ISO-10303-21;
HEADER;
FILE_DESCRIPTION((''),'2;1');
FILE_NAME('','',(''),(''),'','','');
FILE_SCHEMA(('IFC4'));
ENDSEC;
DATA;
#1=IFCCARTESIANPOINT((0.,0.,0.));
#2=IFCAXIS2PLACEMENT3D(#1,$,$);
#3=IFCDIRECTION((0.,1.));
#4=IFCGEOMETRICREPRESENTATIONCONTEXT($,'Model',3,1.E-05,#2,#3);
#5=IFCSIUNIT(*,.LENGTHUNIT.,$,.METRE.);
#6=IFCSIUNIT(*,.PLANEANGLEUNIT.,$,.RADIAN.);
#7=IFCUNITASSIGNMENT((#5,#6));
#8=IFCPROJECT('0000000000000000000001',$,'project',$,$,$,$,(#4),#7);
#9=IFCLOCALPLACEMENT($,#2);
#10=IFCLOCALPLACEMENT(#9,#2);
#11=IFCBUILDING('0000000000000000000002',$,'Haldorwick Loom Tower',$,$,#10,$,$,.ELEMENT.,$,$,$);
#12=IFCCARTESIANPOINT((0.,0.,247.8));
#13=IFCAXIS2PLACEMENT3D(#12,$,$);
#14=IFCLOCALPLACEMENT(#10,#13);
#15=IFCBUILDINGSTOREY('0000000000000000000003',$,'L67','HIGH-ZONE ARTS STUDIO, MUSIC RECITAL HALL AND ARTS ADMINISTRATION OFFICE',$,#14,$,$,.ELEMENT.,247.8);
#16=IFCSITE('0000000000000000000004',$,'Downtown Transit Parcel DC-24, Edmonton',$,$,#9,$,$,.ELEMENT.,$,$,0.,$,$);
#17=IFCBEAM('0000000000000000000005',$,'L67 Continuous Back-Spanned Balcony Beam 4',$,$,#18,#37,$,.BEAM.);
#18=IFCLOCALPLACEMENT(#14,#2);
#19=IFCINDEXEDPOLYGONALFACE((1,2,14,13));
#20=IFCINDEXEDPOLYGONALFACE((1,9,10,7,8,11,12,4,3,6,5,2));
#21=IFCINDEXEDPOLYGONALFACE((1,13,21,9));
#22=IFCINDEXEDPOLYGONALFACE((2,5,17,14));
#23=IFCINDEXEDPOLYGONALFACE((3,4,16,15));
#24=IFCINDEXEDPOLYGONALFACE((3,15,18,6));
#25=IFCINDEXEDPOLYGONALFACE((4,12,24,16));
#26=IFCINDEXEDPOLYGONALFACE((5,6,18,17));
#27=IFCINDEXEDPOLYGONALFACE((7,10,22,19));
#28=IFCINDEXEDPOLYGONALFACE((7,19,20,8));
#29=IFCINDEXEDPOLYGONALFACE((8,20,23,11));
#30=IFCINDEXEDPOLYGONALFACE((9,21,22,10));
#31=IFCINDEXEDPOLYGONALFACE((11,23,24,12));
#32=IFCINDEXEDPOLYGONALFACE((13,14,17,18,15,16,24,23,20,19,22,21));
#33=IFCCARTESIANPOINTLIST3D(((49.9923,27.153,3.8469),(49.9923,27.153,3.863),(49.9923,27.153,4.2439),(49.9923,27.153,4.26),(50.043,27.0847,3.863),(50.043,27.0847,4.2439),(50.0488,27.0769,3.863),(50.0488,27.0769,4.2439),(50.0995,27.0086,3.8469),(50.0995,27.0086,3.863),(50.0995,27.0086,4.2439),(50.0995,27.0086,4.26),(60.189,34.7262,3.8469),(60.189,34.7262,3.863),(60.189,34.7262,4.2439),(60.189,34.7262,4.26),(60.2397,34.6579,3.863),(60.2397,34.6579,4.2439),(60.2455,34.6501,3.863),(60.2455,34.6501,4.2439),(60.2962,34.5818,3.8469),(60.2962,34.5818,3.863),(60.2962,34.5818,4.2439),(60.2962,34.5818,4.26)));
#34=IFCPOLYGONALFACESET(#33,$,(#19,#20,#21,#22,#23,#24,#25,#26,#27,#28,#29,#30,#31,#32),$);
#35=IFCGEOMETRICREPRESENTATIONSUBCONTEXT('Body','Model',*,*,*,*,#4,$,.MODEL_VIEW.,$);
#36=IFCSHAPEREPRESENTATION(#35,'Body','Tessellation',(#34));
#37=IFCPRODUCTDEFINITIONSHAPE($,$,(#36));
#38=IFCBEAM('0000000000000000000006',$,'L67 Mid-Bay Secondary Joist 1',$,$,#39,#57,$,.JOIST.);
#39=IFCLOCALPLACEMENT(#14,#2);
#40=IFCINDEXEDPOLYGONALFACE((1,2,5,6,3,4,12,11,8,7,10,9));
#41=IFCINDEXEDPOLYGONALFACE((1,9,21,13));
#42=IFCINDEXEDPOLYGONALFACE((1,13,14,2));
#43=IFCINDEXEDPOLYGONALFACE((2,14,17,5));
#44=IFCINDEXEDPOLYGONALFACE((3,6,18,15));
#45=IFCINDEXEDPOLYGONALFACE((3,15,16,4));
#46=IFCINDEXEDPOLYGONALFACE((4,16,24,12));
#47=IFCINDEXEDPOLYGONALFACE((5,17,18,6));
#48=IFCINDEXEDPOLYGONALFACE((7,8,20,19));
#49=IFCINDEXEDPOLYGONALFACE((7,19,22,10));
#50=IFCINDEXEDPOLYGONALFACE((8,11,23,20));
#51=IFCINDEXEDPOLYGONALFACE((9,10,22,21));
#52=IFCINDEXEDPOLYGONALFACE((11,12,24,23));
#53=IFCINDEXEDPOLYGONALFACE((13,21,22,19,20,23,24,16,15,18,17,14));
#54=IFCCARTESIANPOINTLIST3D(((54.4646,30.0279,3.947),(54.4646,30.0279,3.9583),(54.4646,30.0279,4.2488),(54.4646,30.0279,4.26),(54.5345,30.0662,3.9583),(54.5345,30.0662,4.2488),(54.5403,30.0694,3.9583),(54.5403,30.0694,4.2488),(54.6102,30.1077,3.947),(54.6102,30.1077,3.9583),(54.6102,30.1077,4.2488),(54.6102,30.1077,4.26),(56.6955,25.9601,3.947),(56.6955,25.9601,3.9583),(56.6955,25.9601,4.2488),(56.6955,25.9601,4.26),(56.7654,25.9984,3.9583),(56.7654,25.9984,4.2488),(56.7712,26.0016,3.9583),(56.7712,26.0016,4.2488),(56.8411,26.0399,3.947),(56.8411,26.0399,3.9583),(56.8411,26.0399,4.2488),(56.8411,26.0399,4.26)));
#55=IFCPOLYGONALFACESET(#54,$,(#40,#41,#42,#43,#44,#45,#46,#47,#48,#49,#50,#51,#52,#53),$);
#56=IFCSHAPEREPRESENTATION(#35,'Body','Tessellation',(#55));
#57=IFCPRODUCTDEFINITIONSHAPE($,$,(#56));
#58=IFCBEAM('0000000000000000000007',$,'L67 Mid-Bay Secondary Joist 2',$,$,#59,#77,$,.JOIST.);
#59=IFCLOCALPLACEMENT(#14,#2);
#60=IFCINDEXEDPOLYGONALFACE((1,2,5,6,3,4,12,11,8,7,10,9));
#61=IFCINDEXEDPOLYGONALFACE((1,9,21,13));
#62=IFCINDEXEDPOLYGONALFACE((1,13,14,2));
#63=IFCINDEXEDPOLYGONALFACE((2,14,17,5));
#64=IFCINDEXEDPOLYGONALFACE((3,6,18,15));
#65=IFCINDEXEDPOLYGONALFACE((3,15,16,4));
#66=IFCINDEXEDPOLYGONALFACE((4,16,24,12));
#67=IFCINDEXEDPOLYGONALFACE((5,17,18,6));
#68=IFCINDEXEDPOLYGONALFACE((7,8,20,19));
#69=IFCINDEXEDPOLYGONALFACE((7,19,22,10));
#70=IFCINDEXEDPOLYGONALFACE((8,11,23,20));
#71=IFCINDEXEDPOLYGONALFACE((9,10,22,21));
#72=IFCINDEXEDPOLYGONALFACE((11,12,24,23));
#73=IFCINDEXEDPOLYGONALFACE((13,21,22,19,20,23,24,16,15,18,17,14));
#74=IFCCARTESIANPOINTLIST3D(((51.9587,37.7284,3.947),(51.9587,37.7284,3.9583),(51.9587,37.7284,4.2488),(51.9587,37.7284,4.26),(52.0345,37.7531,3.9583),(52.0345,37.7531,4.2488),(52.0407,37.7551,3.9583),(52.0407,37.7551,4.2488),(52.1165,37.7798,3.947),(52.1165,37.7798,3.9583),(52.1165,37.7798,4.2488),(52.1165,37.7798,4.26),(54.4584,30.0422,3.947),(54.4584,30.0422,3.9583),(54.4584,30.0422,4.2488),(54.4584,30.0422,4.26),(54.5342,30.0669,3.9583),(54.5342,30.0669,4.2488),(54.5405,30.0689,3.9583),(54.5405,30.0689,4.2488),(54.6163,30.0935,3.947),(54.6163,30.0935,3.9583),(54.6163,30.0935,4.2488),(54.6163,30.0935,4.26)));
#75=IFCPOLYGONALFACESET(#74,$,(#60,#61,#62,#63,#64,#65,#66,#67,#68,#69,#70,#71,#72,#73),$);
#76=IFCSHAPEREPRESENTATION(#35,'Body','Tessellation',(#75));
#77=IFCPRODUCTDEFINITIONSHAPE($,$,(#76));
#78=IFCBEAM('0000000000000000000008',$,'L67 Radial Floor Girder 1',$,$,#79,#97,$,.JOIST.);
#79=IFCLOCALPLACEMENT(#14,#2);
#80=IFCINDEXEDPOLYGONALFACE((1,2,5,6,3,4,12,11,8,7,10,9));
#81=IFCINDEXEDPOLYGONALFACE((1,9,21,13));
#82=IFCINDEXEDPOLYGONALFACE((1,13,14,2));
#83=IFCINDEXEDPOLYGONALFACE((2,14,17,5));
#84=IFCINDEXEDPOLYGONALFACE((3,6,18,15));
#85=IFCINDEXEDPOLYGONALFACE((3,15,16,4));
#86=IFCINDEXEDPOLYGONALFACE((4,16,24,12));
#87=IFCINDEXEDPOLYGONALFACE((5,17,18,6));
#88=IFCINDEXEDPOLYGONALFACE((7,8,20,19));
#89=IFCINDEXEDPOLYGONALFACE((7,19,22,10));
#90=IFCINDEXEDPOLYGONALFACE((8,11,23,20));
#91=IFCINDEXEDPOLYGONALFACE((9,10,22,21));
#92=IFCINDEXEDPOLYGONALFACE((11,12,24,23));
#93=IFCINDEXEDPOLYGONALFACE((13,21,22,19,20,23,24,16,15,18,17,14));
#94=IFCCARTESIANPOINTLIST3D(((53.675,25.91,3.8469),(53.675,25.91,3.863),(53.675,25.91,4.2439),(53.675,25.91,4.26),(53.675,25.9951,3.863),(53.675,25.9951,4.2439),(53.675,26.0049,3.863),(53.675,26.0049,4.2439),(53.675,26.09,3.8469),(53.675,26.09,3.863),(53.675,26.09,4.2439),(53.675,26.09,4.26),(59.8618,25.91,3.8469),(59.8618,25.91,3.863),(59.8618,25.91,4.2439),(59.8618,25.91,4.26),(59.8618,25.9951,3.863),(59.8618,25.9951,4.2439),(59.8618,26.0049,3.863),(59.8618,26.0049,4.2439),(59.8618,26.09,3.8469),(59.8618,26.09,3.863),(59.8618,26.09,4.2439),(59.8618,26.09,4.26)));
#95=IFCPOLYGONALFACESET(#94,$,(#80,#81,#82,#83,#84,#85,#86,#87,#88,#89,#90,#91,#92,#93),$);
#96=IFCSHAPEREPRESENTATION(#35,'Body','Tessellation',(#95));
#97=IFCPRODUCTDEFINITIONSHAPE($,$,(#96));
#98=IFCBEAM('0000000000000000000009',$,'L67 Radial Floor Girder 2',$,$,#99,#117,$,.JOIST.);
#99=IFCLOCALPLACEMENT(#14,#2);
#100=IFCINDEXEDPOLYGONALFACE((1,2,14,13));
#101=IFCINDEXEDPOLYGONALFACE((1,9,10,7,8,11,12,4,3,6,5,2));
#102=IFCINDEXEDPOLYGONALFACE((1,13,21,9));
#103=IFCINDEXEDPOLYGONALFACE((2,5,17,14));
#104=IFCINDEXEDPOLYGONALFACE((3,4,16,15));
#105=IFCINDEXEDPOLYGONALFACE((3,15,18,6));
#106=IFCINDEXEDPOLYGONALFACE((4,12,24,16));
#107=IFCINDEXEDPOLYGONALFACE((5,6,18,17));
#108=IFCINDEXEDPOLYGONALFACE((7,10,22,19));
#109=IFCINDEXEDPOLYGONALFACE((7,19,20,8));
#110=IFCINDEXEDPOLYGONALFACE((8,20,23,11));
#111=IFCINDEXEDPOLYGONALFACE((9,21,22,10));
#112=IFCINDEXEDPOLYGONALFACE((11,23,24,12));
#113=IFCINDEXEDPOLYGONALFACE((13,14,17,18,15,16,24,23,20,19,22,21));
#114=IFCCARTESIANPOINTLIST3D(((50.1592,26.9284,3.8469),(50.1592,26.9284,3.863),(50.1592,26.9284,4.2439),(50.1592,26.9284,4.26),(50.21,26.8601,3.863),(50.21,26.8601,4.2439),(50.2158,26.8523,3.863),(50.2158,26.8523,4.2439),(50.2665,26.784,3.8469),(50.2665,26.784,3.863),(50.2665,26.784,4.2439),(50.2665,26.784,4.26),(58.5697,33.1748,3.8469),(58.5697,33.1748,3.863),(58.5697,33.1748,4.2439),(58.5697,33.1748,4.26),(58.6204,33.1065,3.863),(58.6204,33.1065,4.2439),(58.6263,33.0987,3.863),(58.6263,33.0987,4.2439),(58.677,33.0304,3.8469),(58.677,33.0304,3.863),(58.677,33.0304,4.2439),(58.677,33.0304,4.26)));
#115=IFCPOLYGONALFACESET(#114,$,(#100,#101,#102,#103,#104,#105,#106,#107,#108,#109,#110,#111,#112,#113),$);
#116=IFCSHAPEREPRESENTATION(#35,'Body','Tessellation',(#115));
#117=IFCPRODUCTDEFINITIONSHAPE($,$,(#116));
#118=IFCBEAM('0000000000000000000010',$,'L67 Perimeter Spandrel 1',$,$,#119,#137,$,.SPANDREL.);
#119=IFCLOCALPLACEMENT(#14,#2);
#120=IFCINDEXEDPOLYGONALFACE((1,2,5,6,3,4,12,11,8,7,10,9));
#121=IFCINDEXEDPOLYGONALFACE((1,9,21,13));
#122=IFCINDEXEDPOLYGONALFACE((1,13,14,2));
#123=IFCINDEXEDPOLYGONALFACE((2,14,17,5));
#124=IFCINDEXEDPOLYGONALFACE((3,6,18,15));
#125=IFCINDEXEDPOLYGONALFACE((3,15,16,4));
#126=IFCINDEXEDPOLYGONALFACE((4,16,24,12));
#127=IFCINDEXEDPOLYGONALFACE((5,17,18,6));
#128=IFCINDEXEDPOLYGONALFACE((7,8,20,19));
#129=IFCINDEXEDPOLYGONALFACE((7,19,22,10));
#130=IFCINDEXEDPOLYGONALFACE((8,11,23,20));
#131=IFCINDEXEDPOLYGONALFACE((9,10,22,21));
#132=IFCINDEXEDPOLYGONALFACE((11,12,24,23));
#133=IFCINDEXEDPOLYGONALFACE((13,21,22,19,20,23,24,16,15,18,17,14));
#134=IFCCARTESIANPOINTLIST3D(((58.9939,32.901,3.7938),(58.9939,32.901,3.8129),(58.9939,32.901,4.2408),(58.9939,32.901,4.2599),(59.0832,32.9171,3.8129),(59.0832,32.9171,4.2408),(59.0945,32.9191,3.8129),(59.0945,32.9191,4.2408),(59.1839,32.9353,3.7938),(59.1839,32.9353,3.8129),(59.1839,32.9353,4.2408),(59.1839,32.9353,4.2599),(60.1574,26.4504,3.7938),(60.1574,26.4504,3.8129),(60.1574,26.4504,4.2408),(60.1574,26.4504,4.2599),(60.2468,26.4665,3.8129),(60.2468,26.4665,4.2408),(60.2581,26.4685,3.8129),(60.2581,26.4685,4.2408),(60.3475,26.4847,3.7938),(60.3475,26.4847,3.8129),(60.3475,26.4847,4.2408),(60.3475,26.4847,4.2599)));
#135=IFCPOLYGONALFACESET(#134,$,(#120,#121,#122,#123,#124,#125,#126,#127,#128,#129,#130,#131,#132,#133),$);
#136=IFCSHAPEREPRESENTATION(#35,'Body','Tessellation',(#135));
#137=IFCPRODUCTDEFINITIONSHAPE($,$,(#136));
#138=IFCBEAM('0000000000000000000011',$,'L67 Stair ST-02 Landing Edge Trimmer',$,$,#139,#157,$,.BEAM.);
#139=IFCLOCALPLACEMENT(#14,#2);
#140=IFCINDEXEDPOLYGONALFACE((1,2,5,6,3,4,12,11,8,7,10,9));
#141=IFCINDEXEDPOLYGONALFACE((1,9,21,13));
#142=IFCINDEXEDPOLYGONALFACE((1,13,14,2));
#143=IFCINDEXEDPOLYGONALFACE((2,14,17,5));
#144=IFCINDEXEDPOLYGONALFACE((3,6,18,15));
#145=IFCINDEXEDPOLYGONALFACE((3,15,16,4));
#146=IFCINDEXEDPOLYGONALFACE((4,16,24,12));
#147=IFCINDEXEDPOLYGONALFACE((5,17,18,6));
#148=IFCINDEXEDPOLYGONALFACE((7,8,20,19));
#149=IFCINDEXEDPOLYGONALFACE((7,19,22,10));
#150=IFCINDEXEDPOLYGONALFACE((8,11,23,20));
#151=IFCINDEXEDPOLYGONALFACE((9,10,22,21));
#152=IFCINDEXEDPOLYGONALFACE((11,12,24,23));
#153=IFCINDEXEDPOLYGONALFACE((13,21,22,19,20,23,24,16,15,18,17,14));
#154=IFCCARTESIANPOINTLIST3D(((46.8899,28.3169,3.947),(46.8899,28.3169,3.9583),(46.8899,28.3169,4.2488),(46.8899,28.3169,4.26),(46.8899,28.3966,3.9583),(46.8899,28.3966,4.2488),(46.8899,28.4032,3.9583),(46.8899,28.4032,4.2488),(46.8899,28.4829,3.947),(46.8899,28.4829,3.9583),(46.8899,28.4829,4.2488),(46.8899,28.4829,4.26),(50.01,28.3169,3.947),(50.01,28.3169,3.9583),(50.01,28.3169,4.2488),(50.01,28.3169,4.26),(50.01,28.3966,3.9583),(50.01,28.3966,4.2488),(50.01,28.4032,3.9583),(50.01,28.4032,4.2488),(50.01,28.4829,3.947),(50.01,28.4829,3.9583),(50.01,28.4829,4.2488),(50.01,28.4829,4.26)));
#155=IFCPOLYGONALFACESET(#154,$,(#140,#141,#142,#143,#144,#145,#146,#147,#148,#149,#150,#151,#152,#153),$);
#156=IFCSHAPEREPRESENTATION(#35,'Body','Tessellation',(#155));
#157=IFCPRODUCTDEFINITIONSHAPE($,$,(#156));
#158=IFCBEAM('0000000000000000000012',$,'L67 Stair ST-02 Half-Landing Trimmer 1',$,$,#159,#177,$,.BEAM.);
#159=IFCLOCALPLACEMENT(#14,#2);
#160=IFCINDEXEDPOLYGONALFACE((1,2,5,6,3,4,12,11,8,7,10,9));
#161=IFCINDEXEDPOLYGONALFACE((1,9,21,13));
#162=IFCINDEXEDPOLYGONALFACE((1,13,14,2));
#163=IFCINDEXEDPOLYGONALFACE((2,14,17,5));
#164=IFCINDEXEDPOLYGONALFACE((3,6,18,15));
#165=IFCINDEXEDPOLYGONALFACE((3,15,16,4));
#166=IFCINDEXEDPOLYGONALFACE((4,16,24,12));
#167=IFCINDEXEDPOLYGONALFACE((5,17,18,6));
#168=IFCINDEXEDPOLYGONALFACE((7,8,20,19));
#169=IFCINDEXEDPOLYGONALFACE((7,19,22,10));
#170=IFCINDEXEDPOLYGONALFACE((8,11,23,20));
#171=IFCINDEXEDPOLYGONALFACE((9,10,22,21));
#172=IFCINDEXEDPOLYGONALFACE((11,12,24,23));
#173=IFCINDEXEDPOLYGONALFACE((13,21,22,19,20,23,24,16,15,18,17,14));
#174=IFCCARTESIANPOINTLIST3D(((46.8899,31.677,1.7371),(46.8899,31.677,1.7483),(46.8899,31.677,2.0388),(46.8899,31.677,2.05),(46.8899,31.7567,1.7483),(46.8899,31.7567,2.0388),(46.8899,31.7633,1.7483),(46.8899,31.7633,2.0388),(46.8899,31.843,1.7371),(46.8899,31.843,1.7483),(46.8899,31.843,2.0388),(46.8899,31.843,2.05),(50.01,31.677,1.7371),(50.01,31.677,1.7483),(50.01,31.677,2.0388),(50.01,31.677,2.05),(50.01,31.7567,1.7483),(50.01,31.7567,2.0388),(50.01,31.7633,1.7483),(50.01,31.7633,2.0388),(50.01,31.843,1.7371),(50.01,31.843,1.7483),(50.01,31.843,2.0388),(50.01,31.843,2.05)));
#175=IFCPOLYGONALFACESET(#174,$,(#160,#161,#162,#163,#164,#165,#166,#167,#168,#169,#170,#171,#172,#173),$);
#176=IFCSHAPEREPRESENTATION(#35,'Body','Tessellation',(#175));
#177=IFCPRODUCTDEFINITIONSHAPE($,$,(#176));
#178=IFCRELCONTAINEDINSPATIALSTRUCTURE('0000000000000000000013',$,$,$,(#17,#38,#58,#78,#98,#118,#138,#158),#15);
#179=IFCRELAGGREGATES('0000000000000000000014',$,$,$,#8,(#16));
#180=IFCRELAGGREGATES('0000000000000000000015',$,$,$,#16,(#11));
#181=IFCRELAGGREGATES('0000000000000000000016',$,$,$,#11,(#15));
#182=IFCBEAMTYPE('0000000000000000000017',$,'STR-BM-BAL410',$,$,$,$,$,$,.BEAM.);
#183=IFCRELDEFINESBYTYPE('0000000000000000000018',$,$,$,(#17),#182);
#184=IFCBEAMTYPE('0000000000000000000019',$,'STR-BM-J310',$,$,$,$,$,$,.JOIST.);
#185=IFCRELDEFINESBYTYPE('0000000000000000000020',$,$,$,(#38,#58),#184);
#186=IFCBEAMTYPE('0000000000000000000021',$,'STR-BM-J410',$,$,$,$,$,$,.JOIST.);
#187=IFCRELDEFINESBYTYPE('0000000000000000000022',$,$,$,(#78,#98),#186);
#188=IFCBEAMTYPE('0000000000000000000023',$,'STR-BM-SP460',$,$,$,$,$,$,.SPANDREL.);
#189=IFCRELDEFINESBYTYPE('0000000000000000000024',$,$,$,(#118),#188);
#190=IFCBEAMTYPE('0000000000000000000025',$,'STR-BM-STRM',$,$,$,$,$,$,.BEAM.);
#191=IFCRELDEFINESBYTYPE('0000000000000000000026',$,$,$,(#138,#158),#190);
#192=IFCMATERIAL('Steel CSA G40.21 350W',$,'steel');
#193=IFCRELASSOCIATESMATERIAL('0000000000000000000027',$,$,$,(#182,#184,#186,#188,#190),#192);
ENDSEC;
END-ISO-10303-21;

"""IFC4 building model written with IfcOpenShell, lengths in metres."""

from ifc_helpers import new_model, si_unit, direction, frame, origin, origin_2d, place, context, subcontext, project, spatial, i_section, extrude, material, material_profile, profile_set, type_object, element, save


model = new_model("IFC4")

# Units and contexts
model_context = context("Model", 3, precision=1e-05, world=origin(), true_north=direction((0.0, 1.0)))
body_context = subcontext(model_context, "Body", "Model", "MODEL_VIEW")
ifc_project = project(units=[si_unit("LENGTHUNIT", "METRE"), si_unit("PLANEANGLEUNIT", "RADIAN")], contexts=[model_context])

# Site, building, storey
site_placement = place(None, origin())
site = spatial("IfcSite", under=ifc_project, at=site_placement, Name="Downtown Transit Parcel DC-24, Edmonton", CompositionType="ELEMENT", RefElevation=0.0)
building_placement = place(site_placement, origin())
building = spatial("IfcBuilding", under=site, at=building_placement, Name="Haldorwick Loom Tower", CompositionType="ELEMENT")
storey_placement = place(building_placement, frame((0.0, 0.0, 247.8)))
storey = spatial("IfcBuildingStorey", under=building, at=storey_placement, Name="L67", Description="HIGH-ZONE ARTS STUDIO, MUSIC RECITAL HALL AND ARTS ADMINISTRATION OFFICE", CompositionType="ELEMENT", Elevation=247.8)

# Shared definitions
ifc_material_1 = material(Name="Steel CSA G40.21 350W", Category="steel")

# Beams
ifc_material_profile_1 = material_profile(ifc_material_1, i_section(OverallWidth=0.1799, OverallDepth=0.4131, WebThickness=0.0098, FlangeThickness=0.0161, at=origin_2d()), Name="W410X74", Category="steel")
ifc_profile_set_1 = profile_set([ifc_material_profile_1], Name="Steel CSA G40.21 350W")
beam_type_1 = type_object("IfcBeamType", Name="STR-BM-BAL410", PredefinedType="BEAM", material=ifc_profile_set_1)
beam_1_placement = place(storey_placement, frame((50.0459, 27.0808, 4.0535), z_axis=(0.802801, 0.596248, 0.0), x_axis=(-0.596248, 0.802801, 0.0)))
element("IfcBeam", 1, at=beam_1_placement, inside=storey, type_object=beam_type_1, Name="L67 Continuous Back-Spanned Balcony Beam 4", PredefinedType="BEAM", context=body_context, shape_type="SweptSolid", body=[
    extrude(i_section(OverallWidth=0.1799, OverallDepth=0.4131, WebThickness=0.0098, FlangeThickness=0.0161, at=origin_2d()), origin(), (0.0, 0.0, 1.0), 12.7014),
])
ifc_material_profile_2 = material_profile(ifc_material_1, i_section(OverallWidth=0.166, OverallDepth=0.313, WebThickness=0.0066, FlangeThickness=0.0112, at=origin_2d()), Name="W310X45", Category="steel")
ifc_profile_set_2 = profile_set([ifc_material_profile_2], Name="Steel CSA G40.21 350W")
beam_type_2 = type_object("IfcBeamType", Name="STR-BM-J310", PredefinedType="JOIST", material=ifc_profile_set_2)
beam_2_placement = place(storey_placement, frame((56.7683, 26.0, 4.1035), z_axis=(-0.480864, 0.876795, 0.0), x_axis=(-0.876795, -0.480864, 0.0)))
element("IfcBeam", 2, at=beam_2_placement, inside=storey, type_object=beam_type_2, Name="L67 Mid-Bay Secondary Joist 1", PredefinedType="JOIST", context=body_context, shape_type="SweptSolid", body=[
    extrude(i_section(OverallWidth=0.166, OverallDepth=0.313, WebThickness=0.0066, FlangeThickness=0.0112, at=origin_2d()), origin(), (0.0, 0.0, 1.0), 4.6394),
])
beam_3_placement = place(storey_placement, frame((54.5374, 30.0679, 4.1035), z_axis=(-0.309278, 0.950972, 0.0), x_axis=(-0.950972, -0.309278, 0.0)))
element("IfcBeam", 3, at=beam_3_placement, inside=storey, type_object=beam_type_2, Name="L67 Mid-Bay Secondary Joist 2", PredefinedType="JOIST", context=body_context, shape_type="SweptSolid", body=[
    extrude(i_section(OverallWidth=0.166, OverallDepth=0.313, WebThickness=0.0066, FlangeThickness=0.0112, at=origin_2d()), origin(), (0.0, 0.0, 1.0), 8.0825),
])
ifc_material_profile_3 = material_profile(ifc_material_1, i_section(OverallWidth=0.1799, OverallDepth=0.4131, WebThickness=0.0098, FlangeThickness=0.0161, at=origin_2d()), Name="W410X74", Category="steel")
ifc_profile_set_3 = profile_set([ifc_material_profile_3], Name="Steel CSA G40.21 350W")
beam_type_3 = type_object("IfcBeamType", Name="STR-BM-J410", PredefinedType="JOIST", material=ifc_profile_set_3)
beam_4_placement = place(storey_placement, frame((53.675, 26.0, 4.0535), z_axis=(1.0, 0.0, 0.0), x_axis=(0.0, 1.0, 0.0)))
element("IfcBeam", 4, at=beam_4_placement, inside=storey, type_object=beam_type_3, Name="L67 Radial Floor Girder 1", PredefinedType="JOIST", context=body_context, shape_type="SweptSolid", body=[
    extrude(i_section(OverallWidth=0.1799, OverallDepth=0.4131, WebThickness=0.0098, FlangeThickness=0.0161, at=origin_2d()), origin(), (0.0, 0.0, 1.0), 6.1868),
])
beam_5_placement = place(storey_placement, frame((50.2129, 26.8562, 4.0535), z_axis=(0.802807, 0.596239, 0.0), x_axis=(-0.596239, 0.802807, 0.0)))
element("IfcBeam", 5, at=beam_5_placement, inside=storey, type_object=beam_type_3, Name="L67 Radial Floor Girder 2", PredefinedType="JOIST", context=body_context, shape_type="SweptSolid", body=[
    extrude(i_section(OverallWidth=0.1799, OverallDepth=0.4131, WebThickness=0.0098, FlangeThickness=0.0161, at=origin_2d()), origin(), (0.0, 0.0, 1.0), 10.4763),
])
ifc_material_profile_4 = material_profile(ifc_material_1, i_section(OverallWidth=0.1931, OverallDepth=0.4661, WebThickness=0.0115, FlangeThickness=0.019, at=origin_2d()), Name="W460X97", Category="steel")
ifc_profile_set_4 = profile_set([ifc_material_profile_4], Name="Steel CSA G40.21 350W")
beam_type_4 = type_object("IfcBeamType", Name="STR-BM-SP460", PredefinedType="SPANDREL", material=ifc_profile_set_4)
beam_6_placement = place(storey_placement, frame((60.2524, 26.4675, 4.0269), z_axis=(-0.177515, 0.984118, 0.0), x_axis=(-0.984118, -0.177515, 0.0)))
element("IfcBeam", 6, at=beam_6_placement, inside=storey, type_object=beam_type_4, Name="L67 Perimeter Spandrel 1", PredefinedType="SPANDREL", context=body_context, shape_type="SweptSolid", body=[
    extrude(i_section(OverallWidth=0.1931, OverallDepth=0.4661, WebThickness=0.0115, FlangeThickness=0.019, at=origin_2d()), origin(), (0.0, 0.0, 1.0), 6.5547),
])
ifc_material_profile_5 = material_profile(ifc_material_1, i_section(OverallWidth=0.166, OverallDepth=0.313, WebThickness=0.0066, FlangeThickness=0.0112, at=origin_2d()), Name="W310X45", Category="steel")
ifc_profile_set_5 = profile_set([ifc_material_profile_5], Name="Steel CSA G40.21 350W")
beam_type_5 = type_object("IfcBeamType", Name="STR-BM-STRM", PredefinedType="BEAM", material=ifc_profile_set_5)
for number, where, z_axis, x_axis, name in (
    (7, (46.8899, 28.3999, 4.1035), (1.0, 0.0, 0.0), (0.0, 1.0, 0.0), "L67 Stair ST-02 Landing Edge Trimmer"),
    (8, (46.8899, 31.76, 1.8936), (1.0, 0.0, 0.0), (0.0, 1.0, 0.0), "L67 Stair ST-02 Half-Landing Trimmer 1"),
):
    element("IfcBeam", number, at=place(storey_placement, frame(where, z_axis=z_axis, x_axis=x_axis)), inside=storey, type_object=beam_type_5, Name=name, PredefinedType="BEAM", context=body_context, shape_type="SweptSolid", body=[
        extrude(i_section(OverallWidth=0.166, OverallDepth=0.313, WebThickness=0.0066, FlangeThickness=0.0112, at=origin_2d()), origin(), (0.0, 0.0, 1.0), 3.1201),
    ])

save(model, "model.ifc")
